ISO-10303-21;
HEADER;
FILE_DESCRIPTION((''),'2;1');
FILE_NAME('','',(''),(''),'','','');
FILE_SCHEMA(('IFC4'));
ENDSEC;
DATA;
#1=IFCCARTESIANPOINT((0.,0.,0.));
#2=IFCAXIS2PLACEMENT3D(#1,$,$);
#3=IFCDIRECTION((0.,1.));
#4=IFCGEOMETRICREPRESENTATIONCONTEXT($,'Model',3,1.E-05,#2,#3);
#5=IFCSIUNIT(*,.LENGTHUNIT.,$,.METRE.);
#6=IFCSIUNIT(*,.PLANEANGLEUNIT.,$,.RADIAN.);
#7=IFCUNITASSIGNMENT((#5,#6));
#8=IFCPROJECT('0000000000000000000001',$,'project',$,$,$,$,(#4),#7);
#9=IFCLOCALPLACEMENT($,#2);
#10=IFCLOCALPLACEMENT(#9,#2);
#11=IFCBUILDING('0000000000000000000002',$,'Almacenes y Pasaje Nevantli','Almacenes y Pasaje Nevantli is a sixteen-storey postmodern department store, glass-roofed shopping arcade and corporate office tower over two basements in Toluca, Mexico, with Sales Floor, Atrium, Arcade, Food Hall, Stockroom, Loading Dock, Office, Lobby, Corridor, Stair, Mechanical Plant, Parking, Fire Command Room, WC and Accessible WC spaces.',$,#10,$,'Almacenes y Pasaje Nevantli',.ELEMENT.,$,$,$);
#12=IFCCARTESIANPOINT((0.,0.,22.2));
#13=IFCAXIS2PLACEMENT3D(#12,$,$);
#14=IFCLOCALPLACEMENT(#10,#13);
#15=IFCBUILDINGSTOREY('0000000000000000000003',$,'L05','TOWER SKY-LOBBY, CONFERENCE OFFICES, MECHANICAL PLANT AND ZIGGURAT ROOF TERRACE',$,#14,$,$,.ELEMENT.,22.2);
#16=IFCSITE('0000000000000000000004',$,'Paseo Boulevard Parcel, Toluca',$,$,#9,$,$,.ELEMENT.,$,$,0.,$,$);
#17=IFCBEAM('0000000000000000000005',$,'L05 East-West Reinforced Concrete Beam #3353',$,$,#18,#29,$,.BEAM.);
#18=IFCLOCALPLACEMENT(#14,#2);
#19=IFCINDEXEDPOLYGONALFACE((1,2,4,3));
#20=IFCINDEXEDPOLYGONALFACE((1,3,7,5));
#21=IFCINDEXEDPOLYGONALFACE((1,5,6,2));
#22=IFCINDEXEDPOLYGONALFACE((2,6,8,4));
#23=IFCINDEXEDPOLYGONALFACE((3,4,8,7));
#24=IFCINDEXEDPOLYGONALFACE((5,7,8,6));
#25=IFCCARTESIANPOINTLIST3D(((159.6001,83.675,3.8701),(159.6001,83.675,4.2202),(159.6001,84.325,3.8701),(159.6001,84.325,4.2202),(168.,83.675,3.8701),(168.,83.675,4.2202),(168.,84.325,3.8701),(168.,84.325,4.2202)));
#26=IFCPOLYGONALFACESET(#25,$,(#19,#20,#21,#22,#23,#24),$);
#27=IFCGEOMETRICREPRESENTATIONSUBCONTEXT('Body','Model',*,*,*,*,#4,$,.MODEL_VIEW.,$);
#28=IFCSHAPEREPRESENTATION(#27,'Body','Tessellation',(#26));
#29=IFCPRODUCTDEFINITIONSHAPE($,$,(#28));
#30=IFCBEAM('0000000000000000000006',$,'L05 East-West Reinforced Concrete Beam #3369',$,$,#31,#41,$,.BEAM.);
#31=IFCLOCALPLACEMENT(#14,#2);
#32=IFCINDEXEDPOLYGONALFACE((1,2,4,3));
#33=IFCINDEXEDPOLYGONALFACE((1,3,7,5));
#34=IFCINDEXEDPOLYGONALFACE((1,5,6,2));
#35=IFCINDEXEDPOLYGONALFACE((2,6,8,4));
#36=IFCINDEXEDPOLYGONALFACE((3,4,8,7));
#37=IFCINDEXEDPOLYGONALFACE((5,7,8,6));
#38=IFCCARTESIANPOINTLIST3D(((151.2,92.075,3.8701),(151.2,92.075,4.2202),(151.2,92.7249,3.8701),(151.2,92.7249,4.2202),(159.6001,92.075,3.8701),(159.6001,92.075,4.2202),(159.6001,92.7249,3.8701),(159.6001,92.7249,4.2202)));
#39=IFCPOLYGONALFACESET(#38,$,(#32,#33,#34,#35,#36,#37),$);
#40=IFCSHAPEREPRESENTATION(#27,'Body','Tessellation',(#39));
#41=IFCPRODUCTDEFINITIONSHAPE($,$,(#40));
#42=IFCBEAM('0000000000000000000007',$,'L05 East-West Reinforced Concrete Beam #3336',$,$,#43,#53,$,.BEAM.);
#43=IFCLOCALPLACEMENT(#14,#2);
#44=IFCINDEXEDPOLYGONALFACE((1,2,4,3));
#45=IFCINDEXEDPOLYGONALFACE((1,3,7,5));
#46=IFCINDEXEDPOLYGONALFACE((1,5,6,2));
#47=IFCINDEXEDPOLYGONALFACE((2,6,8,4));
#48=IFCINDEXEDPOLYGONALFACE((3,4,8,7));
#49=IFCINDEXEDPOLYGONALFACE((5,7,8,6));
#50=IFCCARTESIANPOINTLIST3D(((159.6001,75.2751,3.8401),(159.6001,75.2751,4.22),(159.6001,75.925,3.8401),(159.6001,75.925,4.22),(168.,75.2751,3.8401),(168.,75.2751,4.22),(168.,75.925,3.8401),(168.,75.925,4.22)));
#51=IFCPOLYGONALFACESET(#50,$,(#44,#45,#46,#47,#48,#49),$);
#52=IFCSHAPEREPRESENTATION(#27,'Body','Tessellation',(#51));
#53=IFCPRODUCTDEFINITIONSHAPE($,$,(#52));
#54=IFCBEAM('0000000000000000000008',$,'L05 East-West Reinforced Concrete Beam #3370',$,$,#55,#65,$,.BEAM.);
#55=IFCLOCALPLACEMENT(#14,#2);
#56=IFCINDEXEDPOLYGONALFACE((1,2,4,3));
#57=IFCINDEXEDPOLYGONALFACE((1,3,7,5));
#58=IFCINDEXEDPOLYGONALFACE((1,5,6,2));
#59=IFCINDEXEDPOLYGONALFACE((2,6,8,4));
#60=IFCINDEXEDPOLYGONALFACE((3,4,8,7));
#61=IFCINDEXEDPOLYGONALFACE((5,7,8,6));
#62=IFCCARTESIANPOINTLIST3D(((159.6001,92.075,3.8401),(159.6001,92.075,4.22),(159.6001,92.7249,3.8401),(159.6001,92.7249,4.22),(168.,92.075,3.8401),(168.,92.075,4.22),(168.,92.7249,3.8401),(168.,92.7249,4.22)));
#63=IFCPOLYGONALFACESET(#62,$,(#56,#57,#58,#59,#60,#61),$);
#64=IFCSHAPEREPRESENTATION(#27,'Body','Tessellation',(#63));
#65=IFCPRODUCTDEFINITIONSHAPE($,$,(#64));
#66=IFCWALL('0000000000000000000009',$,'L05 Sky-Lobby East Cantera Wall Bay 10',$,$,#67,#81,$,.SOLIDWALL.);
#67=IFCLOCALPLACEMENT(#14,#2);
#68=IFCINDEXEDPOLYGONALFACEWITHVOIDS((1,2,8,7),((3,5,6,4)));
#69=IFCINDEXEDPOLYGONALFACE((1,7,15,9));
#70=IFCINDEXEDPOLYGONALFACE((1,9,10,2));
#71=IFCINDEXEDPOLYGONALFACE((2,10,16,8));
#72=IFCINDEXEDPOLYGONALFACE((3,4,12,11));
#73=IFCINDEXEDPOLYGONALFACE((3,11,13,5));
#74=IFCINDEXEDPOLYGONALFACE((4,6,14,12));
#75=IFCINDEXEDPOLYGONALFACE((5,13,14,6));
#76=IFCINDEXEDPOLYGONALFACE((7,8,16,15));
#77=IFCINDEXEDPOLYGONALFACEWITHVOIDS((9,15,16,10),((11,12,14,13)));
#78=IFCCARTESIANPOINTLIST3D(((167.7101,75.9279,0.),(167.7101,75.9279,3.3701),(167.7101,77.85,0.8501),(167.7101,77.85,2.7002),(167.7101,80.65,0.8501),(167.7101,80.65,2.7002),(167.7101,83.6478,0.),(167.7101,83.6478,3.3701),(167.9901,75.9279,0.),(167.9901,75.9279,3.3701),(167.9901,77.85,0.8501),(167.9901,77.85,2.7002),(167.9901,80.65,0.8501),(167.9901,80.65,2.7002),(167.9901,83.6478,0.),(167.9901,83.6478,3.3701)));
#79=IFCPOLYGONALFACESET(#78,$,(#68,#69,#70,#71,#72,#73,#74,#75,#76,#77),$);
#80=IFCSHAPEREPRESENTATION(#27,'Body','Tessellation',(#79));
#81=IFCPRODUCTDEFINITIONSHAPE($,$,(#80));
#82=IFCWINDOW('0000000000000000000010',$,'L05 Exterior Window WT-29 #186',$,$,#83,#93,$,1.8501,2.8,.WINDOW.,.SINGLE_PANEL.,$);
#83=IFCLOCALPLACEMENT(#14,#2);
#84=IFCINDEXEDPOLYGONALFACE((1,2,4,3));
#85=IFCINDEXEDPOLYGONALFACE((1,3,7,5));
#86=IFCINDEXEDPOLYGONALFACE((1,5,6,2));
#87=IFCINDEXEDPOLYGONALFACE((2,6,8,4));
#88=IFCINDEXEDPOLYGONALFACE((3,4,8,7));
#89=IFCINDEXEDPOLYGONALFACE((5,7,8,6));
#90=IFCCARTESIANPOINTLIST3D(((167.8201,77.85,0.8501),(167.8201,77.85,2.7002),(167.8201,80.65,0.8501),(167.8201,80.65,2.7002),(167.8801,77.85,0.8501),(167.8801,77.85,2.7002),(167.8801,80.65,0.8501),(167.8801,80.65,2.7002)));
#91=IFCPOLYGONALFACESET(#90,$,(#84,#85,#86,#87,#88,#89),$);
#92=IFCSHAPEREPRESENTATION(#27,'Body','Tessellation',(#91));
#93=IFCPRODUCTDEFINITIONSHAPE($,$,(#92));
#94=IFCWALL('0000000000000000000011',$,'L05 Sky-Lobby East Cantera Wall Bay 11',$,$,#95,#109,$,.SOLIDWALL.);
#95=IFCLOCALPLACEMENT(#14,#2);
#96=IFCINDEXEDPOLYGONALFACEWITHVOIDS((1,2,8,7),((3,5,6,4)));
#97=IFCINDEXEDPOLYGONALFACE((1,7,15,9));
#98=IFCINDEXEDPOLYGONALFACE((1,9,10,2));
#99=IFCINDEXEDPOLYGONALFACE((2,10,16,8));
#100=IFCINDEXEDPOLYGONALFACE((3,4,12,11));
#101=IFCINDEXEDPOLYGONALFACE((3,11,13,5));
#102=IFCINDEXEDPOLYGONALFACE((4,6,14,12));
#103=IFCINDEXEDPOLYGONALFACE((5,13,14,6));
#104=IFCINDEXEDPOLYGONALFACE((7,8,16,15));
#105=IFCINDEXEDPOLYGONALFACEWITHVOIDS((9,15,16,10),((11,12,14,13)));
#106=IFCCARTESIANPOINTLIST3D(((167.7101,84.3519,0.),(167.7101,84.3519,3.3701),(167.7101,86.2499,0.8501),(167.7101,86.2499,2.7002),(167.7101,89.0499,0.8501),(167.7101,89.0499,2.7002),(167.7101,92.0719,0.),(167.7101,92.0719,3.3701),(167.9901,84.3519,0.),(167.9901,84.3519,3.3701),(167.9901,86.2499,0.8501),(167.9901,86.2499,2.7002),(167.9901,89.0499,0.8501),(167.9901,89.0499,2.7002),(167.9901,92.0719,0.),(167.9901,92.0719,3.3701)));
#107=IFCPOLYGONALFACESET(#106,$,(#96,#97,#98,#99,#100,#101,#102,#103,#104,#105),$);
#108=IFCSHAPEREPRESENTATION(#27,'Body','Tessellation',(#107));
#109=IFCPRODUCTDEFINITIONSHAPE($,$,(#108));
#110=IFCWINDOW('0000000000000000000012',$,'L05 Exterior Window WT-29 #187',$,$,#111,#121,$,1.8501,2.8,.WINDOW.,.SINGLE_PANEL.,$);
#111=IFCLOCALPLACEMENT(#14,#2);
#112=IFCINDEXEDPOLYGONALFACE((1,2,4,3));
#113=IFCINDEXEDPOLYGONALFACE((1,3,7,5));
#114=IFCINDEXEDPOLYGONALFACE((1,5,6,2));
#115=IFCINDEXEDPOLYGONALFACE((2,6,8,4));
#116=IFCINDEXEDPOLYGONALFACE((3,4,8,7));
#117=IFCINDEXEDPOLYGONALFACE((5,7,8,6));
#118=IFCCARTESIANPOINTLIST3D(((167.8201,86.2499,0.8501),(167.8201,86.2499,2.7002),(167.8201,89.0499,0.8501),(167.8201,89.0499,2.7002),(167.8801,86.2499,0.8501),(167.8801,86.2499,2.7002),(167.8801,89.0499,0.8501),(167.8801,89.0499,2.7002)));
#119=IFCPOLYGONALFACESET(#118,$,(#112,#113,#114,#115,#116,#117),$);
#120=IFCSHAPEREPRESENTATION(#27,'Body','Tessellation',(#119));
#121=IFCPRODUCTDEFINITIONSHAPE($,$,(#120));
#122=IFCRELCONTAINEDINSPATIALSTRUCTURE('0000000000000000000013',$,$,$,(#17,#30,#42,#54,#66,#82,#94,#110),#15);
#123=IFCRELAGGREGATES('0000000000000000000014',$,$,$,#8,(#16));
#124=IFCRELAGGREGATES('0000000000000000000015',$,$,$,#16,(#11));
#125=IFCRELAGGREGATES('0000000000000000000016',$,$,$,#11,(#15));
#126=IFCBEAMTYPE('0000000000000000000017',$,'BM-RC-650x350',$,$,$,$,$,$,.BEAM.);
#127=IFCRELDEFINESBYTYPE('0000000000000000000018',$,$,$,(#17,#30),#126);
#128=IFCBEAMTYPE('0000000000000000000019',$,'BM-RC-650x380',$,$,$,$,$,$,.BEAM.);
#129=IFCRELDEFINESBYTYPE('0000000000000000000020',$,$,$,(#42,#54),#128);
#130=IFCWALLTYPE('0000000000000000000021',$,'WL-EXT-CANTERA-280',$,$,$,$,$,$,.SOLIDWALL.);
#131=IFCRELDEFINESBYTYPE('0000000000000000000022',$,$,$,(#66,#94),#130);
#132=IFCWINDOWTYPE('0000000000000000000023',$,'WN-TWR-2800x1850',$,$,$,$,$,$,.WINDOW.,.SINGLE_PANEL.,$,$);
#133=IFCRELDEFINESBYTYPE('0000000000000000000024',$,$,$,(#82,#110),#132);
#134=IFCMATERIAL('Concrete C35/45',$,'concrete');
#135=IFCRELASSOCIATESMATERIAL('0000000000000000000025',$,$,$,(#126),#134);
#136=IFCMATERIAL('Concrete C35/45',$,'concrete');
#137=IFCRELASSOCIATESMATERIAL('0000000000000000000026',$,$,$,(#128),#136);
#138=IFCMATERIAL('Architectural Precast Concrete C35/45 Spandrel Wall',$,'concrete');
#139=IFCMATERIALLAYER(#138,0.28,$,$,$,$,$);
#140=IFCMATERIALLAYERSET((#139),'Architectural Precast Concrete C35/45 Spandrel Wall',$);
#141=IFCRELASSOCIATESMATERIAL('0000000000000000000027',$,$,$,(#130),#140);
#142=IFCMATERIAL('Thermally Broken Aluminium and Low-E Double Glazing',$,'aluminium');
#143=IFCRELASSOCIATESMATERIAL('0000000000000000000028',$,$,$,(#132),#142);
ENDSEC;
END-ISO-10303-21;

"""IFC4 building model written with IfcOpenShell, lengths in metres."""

from ifc_helpers import new_model, si_unit, direction, frame, frame_2d, origin, origin_2d, place, context, subcontext, project, spatial, rectangle, extrude, material, layer, layer_set, material_profile, profile_set, type_object, element, fill, save


model = new_model("IFC4")

# Units and contexts
model_context = context("Model", 3, precision=1e-05, world=origin(), true_north=direction((0.0, 1.0)))
body_context = subcontext(model_context, "Body", "Model", "MODEL_VIEW")
ifc_project = project(units=[si_unit("LENGTHUNIT", "METRE"), si_unit("PLANEANGLEUNIT", "RADIAN")], contexts=[model_context])

# Site, building, storey
site_placement = place(None, origin())
site = spatial("IfcSite", under=ifc_project, at=site_placement, Name="Paseo Boulevard Parcel, Toluca", CompositionType="ELEMENT", RefElevation=0.0)
building_placement = place(site_placement, origin())
building = spatial("IfcBuilding", under=site, at=building_placement, Name="Almacenes y Pasaje Nevantli", Description="Almacenes y Pasaje Nevantli is a sixteen-storey postmodern department store, glass-roofed shopping arcade and corporate office tower over two basements in Toluca, Mexico, with Sales Floor, Atrium, Arcade, Food Hall, Stockroom, Loading Dock, Office, Lobby, Corridor, Stair, Mechanical Plant, Parking, Fire Command Room, WC and Accessible WC spaces.", LongName="Almacenes y Pasaje Nevantli", CompositionType="ELEMENT")
storey_placement = place(building_placement, frame((0.0, 0.0, 22.2)))
storey = spatial("IfcBuildingStorey", under=building, at=storey_placement, Name="L05", Description="TOWER SKY-LOBBY, CONFERENCE OFFICES, MECHANICAL PLANT AND ZIGGURAT ROOF TERRACE", CompositionType="ELEMENT", Elevation=22.2)

# Beams
ifc_material_1 = material(Name="Concrete C35/45", Category="concrete")
ifc_material_profile_1 = material_profile(ifc_material_1, rectangle(XDim=0.6499, YDim=0.3501, at=origin_2d()), Name="RC-BM-650x350")
ifc_profile_set_1 = profile_set([ifc_material_profile_1], Name="Concrete C35/45")
beam_type_1 = type_object("IfcBeamType", Name="BM-RC-650x350", PredefinedType="BEAM", material=ifc_profile_set_1)
beam_1_placement = place(storey_placement, frame((159.6001, 84.0, 4.0452), z_axis=(1.0, 0.0, 0.0), x_axis=(0.0, 1.0, 0.0)))
element("IfcBeam", 1, at=beam_1_placement, inside=storey, type_object=beam_type_1, Name="L05 East-West Reinforced Concrete Beam #3353", PredefinedType="BEAM", context=body_context, shape_type="SweptSolid", body=[
    extrude(rectangle(XDim=0.6499, YDim=0.3501, at=origin_2d()), origin(), (0.0, 0.0, 1.0), 8.3999),
])
beam_2_placement = place(storey_placement, frame((151.2, 92.3999, 4.0452), z_axis=(1.0, 0.0, 0.0), x_axis=(0.0, 1.0, 0.0)))
element("IfcBeam", 2, at=beam_2_placement, inside=storey, type_object=beam_type_1, Name="L05 East-West Reinforced Concrete Beam #3369", PredefinedType="BEAM", context=body_context, shape_type="SweptSolid", body=[
    extrude(rectangle(XDim=0.6499, YDim=0.3501, at=origin_2d()), origin(), (0.0, 0.0, 1.0), 8.4001),
])
ifc_material_2 = material(Name="Concrete C35/45", Category="concrete")
ifc_material_profile_2 = material_profile(ifc_material_2, rectangle(XDim=0.6499, YDim=0.3799, at=origin_2d()), Name="RC-BM-650x380")
ifc_profile_set_2 = profile_set([ifc_material_profile_2], Name="Concrete C35/45")
beam_type_2 = type_object("IfcBeamType", Name="BM-RC-650x380", PredefinedType="BEAM", material=ifc_profile_set_2)
for number, where, z_axis, x_axis, name in (
    (3, (159.6001, 75.6001, 4.03), (1.0, 0.0, 0.0), (0.0, 1.0, 0.0), "L05 East-West Reinforced Concrete Beam #3336"),
    (4, (159.6001, 92.3999, 4.03), (1.0, 0.0, 0.0), (0.0, 1.0, 0.0), "L05 East-West Reinforced Concrete Beam #3370"),
):
    element("IfcBeam", number, at=place(storey_placement, frame(where, z_axis=z_axis, x_axis=x_axis)), inside=storey, type_object=beam_type_2, Name=name, PredefinedType="BEAM", context=body_context, shape_type="SweptSolid", body=[
        extrude(rectangle(XDim=0.6499, YDim=0.3799, at=origin_2d()), origin(), (0.0, 0.0, 1.0), 8.3999),
    ])

# Walls, openings, windows
ifc_material_3 = material(Name="Architectural Precast Concrete C35/45 Spandrel Wall", Category="concrete")
ifc_layer = layer(ifc_material_3, 0.28)
ifc_layer_set = layer_set([ifc_layer], Name="Architectural Precast Concrete C35/45 Spandrel Wall")
wall_type = type_object("IfcWallType", Name="WL-EXT-CANTERA-280", PredefinedType="SOLIDWALL", material=ifc_layer_set)
wall_1_placement = place(storey_placement, frame((167.8501, 75.928, 0.0), z_axis=(0.0, 0.0, 1.0), x_axis=(0.0, 1.0, 0.0)))
wall_1 = element("IfcWall", 5, at=wall_1_placement, inside=storey, type_object=wall_type, Name="L05 Sky-Lobby East Cantera Wall Bay 10", PredefinedType="SOLIDWALL", context=body_context, shape_type="SweptSolid", body=[
    extrude(rectangle(XDim=7.72, YDim=0.28, at=frame_2d((3.8599, 0.0))), origin(), (0.0, 0.0, 1.0), 3.3701),
])
opening_1_placement = place(wall_1_placement, frame((1.9221, 0.0, 0.8501)))
opening_1 = element("IfcOpeningElement", 6, at=opening_1_placement, cuts=wall_1, PredefinedType="OPENING", context=body_context, shape_type="SweptSolid", body=[
    extrude(rectangle(XDim=2.8, YDim=1.8501, at=frame_2d((1.3999, 0.925))), frame((0.0, 0.1499, 0.0), z_axis=(0.0, -1.0, 0.0), x_axis=(1.0, 0.0, 0.0)), (0.0, 0.0, 1.0), 0.3),
])
ifc_material_4 = material(Name="Thermally Broken Aluminium and Low-E Double Glazing", Category="aluminium")
window_type = type_object("IfcWindowType", Name="WN-TWR-2800x1850", PartitioningType="SINGLE_PANEL", PredefinedType="WINDOW", material=ifc_material_4)
window_1_placement = place(opening_1_placement, origin())
window_1 = element("IfcWindow", 7, at=window_1_placement, inside=storey, type_object=window_type, Name="L05 Exterior Window WT-29 #186", OverallHeight=1.8501, OverallWidth=2.8, PartitioningType="SINGLE_PANEL", PredefinedType="WINDOW", context=body_context, shape_type="SweptSolid", body=[
    extrude(rectangle(XDim=2.8, YDim=1.8501, at=frame_2d((1.3999, 0.925))), frame((0.0, 0.03, 0.0), z_axis=(0.0, -1.0, 0.0), x_axis=(1.0, 0.0, 0.0)), (0.0, 0.0, 1.0), 0.0601),
])
fill(opening_1, window_1)
wall_2_placement = place(storey_placement, frame((167.8501, 84.3521, 0.0), z_axis=(0.0, 0.0, 1.0), x_axis=(0.0, 1.0, 0.0)))
wall_2 = element("IfcWall", 8, at=wall_2_placement, inside=storey, type_object=wall_type, Name="L05 Sky-Lobby East Cantera Wall Bay 11", PredefinedType="SOLIDWALL", context=body_context, shape_type="SweptSolid", body=[
    extrude(rectangle(XDim=7.72, YDim=0.28, at=frame_2d((3.8599, 0.0))), origin(), (0.0, 0.0, 1.0), 3.3701),
])
opening_2_placement = place(wall_2_placement, frame((1.8979, 0.0, 0.8501)))
opening_2 = element("IfcOpeningElement", 9, at=opening_2_placement, cuts=wall_2, PredefinedType="OPENING", context=body_context, shape_type="SweptSolid", body=[
    extrude(rectangle(XDim=2.8, YDim=1.8501, at=frame_2d((1.3999, 0.925))), frame((0.0, 0.1499, 0.0), z_axis=(0.0, -1.0, 0.0), x_axis=(1.0, 0.0, 0.0)), (0.0, 0.0, 1.0), 0.3),
])
window_2_placement = place(opening_2_placement, origin())
window_2 = element("IfcWindow", 10, at=window_2_placement, inside=storey, type_object=window_type, Name="L05 Exterior Window WT-29 #187", OverallHeight=1.8501, OverallWidth=2.8, PartitioningType="SINGLE_PANEL", PredefinedType="WINDOW", context=body_context, shape_type="SweptSolid", body=[
    extrude(rectangle(XDim=2.8, YDim=1.8501, at=frame_2d((1.3999, 0.925))), frame((0.0, 0.03, 0.0), z_axis=(0.0, -1.0, 0.0), x_axis=(1.0, 0.0, 0.0)), (0.0, 0.0, 1.0), 0.0601),
])
fill(opening_2, window_2)

save(model, "model.ifc")
